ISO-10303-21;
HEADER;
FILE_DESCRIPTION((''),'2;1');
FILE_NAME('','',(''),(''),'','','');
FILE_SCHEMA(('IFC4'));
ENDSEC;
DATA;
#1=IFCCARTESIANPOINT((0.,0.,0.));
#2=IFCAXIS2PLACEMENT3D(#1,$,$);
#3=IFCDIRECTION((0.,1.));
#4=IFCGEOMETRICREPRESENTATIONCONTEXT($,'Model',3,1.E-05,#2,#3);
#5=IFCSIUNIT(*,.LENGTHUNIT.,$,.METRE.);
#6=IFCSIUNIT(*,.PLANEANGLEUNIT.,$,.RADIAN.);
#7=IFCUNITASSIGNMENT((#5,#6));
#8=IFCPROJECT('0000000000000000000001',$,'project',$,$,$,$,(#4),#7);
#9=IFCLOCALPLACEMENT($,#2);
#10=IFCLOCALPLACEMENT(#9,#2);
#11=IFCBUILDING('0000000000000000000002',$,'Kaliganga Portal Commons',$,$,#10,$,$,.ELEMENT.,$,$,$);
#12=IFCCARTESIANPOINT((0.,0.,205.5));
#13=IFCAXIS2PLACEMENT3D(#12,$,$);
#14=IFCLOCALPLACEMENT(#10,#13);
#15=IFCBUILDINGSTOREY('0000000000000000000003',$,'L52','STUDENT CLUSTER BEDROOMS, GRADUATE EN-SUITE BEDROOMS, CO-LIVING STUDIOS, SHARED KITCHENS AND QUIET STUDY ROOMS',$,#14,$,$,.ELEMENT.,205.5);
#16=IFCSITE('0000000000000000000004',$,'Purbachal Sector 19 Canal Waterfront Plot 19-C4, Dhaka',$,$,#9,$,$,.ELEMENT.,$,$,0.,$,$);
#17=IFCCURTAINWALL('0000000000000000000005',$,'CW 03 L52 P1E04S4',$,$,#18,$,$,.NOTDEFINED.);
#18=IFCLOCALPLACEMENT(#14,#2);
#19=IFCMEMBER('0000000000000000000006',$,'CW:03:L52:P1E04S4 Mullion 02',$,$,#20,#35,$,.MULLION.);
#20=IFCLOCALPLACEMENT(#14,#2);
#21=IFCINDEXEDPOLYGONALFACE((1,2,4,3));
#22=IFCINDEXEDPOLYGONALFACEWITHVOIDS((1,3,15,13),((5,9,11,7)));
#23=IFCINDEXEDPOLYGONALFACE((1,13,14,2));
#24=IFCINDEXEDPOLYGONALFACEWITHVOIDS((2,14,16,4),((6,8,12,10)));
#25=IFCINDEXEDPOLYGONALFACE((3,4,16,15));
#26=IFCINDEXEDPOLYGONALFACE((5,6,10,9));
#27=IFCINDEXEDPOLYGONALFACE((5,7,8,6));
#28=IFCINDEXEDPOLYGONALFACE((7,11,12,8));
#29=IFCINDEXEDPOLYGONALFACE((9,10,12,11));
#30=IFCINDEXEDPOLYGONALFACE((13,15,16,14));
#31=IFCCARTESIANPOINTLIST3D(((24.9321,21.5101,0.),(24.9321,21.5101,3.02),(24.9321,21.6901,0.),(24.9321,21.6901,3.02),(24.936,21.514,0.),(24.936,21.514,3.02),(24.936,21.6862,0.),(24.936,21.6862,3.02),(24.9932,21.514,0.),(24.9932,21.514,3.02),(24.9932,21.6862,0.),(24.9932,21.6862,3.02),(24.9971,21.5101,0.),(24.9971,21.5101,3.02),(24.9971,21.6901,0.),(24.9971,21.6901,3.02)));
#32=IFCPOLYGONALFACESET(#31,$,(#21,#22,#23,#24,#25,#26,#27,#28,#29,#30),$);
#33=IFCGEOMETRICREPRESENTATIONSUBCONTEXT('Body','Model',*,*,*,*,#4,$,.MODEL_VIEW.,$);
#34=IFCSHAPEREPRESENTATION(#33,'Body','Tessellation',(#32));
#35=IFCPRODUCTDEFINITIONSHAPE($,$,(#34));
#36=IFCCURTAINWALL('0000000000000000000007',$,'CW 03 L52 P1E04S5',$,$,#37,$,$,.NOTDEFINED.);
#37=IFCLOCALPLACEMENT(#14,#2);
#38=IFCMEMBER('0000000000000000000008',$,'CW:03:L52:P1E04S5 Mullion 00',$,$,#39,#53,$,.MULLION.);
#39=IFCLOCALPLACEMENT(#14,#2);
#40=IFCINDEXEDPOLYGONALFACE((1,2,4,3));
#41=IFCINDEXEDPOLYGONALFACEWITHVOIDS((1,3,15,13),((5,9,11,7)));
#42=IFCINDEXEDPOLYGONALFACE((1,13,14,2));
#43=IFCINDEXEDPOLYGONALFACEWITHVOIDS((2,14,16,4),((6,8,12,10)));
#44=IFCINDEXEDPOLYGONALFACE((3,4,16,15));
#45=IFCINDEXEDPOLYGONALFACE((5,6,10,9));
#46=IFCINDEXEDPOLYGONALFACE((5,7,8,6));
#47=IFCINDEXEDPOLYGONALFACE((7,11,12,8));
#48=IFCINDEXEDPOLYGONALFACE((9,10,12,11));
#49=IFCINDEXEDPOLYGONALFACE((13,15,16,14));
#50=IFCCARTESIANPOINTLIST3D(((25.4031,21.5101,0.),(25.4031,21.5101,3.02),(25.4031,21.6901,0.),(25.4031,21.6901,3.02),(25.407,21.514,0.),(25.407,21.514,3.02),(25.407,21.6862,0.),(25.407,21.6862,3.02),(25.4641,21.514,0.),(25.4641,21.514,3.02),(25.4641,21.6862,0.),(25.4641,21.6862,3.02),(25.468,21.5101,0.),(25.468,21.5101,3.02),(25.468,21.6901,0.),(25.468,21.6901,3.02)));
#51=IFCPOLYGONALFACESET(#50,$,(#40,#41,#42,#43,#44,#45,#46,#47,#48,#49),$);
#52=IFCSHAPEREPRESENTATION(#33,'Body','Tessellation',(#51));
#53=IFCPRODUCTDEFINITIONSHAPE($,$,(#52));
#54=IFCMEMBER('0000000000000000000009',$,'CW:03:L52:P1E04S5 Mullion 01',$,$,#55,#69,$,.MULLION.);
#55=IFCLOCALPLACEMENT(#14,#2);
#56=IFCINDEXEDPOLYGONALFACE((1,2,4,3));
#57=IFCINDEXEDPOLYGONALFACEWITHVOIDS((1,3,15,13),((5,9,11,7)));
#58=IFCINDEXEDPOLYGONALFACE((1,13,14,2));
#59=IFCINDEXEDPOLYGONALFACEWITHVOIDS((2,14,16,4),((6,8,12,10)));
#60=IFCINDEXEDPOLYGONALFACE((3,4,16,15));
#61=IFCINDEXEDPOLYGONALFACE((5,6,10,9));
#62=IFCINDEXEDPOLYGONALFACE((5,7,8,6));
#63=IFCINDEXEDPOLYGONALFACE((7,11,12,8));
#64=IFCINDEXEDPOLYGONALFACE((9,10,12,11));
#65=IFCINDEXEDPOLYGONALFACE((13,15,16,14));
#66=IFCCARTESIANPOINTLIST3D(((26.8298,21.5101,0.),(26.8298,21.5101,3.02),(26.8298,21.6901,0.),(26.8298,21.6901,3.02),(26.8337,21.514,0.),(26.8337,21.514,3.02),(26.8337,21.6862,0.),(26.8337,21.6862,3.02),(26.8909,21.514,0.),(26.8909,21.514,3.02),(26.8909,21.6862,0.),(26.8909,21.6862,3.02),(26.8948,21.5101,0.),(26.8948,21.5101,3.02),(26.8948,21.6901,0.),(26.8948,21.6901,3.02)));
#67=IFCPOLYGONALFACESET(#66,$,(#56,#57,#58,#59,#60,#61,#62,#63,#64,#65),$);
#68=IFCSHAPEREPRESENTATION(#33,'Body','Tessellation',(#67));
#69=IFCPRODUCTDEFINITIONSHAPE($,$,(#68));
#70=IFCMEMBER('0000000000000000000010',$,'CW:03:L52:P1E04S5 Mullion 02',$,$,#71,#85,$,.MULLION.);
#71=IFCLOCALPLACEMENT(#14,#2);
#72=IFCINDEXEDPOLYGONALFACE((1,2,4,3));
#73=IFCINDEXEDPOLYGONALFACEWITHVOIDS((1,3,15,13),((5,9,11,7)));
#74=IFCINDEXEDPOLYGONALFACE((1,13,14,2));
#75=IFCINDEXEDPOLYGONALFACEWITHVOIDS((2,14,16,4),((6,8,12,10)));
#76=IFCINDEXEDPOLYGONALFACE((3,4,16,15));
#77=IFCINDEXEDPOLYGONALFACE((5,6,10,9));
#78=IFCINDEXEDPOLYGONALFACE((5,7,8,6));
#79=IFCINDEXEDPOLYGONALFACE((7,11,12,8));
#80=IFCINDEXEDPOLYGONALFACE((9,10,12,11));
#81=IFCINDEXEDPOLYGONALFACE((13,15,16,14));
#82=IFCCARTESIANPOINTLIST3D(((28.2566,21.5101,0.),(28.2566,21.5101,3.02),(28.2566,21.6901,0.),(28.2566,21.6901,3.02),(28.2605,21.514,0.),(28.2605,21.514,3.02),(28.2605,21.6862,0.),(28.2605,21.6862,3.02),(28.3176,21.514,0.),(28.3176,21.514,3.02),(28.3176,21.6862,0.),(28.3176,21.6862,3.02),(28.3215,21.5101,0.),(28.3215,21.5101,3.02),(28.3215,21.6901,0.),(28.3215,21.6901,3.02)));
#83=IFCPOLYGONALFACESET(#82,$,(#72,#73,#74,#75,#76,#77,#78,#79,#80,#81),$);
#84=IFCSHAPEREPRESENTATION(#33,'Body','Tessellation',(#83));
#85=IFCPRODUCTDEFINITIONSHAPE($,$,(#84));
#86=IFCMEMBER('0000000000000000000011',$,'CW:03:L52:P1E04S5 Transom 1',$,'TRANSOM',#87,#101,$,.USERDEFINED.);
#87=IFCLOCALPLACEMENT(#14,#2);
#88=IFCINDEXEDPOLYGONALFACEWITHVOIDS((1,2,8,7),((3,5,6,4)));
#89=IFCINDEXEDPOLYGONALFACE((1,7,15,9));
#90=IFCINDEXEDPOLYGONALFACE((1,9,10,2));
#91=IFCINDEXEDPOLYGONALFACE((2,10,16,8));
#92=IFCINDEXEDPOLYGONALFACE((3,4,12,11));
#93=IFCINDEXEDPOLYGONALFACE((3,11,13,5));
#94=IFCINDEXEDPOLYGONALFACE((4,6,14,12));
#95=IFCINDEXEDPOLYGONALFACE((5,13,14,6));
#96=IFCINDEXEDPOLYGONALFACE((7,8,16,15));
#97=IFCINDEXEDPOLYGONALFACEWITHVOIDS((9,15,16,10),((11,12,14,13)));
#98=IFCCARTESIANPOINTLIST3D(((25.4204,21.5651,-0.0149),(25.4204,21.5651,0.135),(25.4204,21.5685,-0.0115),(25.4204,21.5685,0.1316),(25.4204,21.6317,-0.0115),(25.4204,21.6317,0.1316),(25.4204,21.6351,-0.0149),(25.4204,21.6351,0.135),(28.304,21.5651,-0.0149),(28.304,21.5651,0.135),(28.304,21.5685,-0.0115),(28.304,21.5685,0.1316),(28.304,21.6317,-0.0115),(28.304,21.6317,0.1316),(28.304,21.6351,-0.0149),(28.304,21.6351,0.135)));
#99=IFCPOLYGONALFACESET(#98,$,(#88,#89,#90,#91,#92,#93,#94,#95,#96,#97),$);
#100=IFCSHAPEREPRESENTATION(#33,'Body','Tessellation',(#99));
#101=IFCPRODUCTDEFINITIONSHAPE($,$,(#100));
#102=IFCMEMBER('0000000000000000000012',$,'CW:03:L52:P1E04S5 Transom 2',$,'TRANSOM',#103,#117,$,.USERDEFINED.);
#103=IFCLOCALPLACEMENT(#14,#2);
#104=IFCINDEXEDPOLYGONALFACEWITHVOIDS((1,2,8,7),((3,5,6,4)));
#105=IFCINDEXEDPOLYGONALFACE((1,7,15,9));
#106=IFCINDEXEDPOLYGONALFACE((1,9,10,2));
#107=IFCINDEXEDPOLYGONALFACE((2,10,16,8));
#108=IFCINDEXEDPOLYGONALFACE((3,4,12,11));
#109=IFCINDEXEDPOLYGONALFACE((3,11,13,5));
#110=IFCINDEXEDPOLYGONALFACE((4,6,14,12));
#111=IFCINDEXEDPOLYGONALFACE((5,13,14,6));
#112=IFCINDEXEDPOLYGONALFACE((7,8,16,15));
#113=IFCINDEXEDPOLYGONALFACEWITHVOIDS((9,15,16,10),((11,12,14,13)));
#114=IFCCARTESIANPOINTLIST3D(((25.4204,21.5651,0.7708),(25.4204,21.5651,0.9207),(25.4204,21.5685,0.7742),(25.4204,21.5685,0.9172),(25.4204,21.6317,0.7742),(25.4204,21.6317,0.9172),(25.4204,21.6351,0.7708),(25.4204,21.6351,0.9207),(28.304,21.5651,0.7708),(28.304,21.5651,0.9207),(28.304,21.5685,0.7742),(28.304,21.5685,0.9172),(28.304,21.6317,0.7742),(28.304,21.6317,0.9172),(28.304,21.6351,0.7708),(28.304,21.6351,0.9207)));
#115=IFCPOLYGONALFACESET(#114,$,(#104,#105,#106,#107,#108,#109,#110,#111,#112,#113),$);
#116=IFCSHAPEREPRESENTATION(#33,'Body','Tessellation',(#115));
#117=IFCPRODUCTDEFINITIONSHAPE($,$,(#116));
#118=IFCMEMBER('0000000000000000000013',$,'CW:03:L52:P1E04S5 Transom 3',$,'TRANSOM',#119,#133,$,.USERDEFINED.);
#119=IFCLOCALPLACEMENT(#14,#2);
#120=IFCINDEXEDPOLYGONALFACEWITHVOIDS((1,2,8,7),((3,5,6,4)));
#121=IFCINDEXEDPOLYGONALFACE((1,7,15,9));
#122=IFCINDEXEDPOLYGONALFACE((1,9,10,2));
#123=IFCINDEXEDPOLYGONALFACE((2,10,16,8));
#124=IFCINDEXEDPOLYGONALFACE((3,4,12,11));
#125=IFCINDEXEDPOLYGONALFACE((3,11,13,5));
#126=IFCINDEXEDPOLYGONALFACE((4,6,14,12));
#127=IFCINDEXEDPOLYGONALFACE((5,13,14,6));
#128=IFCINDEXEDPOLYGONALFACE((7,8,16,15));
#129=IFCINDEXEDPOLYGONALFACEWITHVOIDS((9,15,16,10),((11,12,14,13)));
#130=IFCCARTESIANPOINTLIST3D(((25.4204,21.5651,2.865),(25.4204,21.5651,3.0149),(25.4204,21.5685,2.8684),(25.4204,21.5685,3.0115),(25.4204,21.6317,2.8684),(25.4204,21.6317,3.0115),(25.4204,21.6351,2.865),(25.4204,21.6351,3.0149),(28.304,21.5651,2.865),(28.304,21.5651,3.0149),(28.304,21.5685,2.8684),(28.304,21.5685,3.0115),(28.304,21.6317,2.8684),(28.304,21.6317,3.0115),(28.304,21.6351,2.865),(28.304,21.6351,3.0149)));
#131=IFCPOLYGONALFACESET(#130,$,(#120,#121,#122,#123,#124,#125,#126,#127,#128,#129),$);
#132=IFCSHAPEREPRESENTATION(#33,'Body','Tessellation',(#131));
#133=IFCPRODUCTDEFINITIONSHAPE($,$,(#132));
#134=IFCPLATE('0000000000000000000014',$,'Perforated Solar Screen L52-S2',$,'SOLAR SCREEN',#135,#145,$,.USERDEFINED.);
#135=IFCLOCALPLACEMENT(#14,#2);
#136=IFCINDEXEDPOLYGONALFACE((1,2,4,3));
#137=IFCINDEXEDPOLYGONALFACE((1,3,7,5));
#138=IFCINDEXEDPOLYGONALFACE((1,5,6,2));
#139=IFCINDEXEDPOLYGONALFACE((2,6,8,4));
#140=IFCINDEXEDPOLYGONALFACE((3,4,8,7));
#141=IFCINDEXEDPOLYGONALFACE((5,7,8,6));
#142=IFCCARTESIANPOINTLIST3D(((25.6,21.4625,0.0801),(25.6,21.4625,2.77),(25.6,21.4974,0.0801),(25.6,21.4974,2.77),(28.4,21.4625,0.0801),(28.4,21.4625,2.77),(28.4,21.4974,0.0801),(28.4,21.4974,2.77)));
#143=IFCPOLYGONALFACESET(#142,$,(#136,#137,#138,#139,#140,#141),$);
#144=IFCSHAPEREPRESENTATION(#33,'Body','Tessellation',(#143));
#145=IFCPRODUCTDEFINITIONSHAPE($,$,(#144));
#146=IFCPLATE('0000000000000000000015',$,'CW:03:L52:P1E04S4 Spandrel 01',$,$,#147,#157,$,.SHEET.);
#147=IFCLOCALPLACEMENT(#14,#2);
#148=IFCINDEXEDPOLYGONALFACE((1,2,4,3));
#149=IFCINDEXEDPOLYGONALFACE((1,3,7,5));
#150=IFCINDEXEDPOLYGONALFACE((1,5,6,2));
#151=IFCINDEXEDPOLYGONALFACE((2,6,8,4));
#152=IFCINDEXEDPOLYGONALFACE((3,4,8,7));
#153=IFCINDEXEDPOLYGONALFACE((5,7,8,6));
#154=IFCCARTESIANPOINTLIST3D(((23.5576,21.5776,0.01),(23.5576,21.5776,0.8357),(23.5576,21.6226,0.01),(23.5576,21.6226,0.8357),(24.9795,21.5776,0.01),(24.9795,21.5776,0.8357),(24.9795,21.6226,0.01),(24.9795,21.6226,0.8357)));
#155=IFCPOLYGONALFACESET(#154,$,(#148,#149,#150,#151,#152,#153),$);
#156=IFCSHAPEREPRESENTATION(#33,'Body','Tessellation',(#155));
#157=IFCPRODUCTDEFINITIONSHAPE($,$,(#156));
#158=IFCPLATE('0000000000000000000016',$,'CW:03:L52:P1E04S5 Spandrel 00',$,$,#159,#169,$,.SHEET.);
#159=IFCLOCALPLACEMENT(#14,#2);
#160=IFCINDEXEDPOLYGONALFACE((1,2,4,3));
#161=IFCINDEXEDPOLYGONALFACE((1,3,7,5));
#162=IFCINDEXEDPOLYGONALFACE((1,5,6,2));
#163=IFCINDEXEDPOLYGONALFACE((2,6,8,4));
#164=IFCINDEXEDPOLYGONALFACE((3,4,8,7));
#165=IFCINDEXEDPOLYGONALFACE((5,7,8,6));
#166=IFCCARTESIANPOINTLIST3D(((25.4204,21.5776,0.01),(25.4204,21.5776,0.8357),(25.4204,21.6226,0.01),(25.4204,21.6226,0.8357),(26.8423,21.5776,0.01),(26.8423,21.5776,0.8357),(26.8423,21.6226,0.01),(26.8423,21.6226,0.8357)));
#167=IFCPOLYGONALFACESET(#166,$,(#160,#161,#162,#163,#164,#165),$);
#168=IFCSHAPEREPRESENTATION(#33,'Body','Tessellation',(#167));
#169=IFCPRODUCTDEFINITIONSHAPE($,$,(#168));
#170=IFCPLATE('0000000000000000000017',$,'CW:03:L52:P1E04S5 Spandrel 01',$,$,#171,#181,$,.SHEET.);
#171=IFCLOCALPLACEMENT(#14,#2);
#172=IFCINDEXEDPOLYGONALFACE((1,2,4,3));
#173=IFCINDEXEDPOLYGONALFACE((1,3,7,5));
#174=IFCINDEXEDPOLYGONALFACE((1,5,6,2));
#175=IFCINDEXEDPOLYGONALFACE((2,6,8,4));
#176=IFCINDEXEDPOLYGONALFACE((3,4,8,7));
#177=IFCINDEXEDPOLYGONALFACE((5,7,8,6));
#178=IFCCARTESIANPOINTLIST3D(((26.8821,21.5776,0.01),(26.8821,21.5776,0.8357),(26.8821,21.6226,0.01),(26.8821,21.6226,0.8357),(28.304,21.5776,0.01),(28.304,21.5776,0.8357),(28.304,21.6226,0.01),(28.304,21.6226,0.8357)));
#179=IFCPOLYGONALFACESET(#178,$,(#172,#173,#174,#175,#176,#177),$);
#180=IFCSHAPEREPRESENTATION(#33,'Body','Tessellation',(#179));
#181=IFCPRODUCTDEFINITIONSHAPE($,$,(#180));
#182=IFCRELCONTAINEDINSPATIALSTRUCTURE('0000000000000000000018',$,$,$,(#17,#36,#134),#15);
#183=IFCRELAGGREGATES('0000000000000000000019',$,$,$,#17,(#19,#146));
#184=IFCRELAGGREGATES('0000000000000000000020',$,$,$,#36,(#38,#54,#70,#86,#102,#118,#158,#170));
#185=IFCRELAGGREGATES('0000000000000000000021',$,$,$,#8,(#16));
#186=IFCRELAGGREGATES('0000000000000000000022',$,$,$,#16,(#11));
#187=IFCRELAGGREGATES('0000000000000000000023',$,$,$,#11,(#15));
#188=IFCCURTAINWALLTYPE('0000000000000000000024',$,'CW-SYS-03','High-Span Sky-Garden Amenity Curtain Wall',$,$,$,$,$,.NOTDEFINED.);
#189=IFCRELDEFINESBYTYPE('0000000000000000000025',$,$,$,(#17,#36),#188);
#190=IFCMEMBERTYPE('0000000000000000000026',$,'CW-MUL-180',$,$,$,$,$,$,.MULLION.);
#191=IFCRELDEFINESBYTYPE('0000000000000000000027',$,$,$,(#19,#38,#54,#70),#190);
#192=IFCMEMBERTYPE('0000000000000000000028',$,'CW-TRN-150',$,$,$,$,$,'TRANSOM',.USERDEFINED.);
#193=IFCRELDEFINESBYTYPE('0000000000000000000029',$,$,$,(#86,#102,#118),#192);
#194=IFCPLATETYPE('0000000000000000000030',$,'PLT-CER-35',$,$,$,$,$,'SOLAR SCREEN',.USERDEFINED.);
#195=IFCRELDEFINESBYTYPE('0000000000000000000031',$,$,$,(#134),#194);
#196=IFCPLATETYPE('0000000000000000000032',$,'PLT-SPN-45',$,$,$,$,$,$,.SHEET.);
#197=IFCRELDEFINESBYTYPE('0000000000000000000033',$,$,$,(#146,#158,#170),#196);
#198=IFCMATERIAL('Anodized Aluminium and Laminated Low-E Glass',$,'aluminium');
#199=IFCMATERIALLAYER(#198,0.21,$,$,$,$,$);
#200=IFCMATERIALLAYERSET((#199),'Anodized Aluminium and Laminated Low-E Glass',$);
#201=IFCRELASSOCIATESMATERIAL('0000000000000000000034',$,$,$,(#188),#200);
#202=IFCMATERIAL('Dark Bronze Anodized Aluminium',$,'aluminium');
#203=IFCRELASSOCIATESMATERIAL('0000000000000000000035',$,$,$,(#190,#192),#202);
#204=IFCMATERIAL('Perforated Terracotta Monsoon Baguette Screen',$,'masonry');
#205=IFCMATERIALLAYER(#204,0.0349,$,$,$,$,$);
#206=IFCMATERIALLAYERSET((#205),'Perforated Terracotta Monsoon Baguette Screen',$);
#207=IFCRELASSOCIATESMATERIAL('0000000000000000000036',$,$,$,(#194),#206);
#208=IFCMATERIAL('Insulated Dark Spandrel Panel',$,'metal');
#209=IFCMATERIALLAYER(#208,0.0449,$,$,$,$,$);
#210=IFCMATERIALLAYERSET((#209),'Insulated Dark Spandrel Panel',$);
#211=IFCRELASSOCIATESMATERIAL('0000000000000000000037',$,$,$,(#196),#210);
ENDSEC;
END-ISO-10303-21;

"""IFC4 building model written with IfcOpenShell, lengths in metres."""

from ifc_helpers import new_model, si_unit, direction, frame, origin, origin_2d, place, context, subcontext, project, spatial, rectangle, hollow_rectangle, extrude, source, transform, mapped, material, layer, layer_set, material_profile, profile_set, type_object, element, aggregate, save


model = new_model("IFC4")

# Units and contexts
model_context = context("Model", 3, precision=1e-05, world=origin(), true_north=direction((0.0, 1.0)))
body_context = subcontext(model_context, "Body", "Model", "MODEL_VIEW")
ifc_project = project(units=[si_unit("LENGTHUNIT", "METRE"), si_unit("PLANEANGLEUNIT", "RADIAN")], contexts=[model_context])

# Site, building, storey
site_placement = place(None, origin())
site = spatial("IfcSite", under=ifc_project, at=site_placement, Name="Purbachal Sector 19 Canal Waterfront Plot 19-C4, Dhaka", CompositionType="ELEMENT", RefElevation=0.0)
building_placement = place(site_placement, origin())
building = spatial("IfcBuilding", under=site, at=building_placement, Name="Kaliganga Portal Commons", CompositionType="ELEMENT")
storey_placement = place(building_placement, frame((0.0, 0.0, 205.5)))
storey = spatial("IfcBuildingStorey", under=building, at=storey_placement, Name="L52", Description="STUDENT CLUSTER BEDROOMS, GRADUATE EN-SUITE BEDROOMS, CO-LIVING STUDIOS, SHARED KITCHENS AND QUIET STUDY ROOMS", CompositionType="ELEMENT", Elevation=205.5)

# Curtain walls, members
ifc_material_1 = material(Name="Anodized Aluminium and Laminated Low-E Glass", Category="aluminium")
ifc_layer_1 = layer(ifc_material_1, 0.21)
ifc_layer_set_1 = layer_set([ifc_layer_1], Name="Anodized Aluminium and Laminated Low-E Glass")
curtain_wall_type = type_object("IfcCurtainWallType", Name="CW-SYS-03", Description="High-Span Sky-Garden Amenity Curtain Wall", PredefinedType="NOTDEFINED", material=ifc_layer_set_1)
curtain_wall_1_placement = place(storey_placement, origin())
curtain_wall_1 = element("IfcCurtainWall", 1, at=curtain_wall_1_placement, inside=storey, type_object=curtain_wall_type, Name="CW 03 L52 P1E04S4", PredefinedType="NOTDEFINED")
ifc_material_2 = material(Name="Dark Bronze Anodized Aluminium", Category="aluminium")
ifc_material_profile_1 = material_profile(ifc_material_2, hollow_rectangle(XDim=0.0649, YDim=0.1799, WallThickness=0.0039, at=origin_2d()), Name="ALU MULL 65x180x4")
ifc_profile_set_1 = profile_set([ifc_material_profile_1], Name="Dark Bronze Anodized Aluminium")
member_type_1 = type_object("IfcMemberType", Name="CW-MUL-180", PredefinedType="MULLION", material=ifc_profile_set_1)
shared_shape_1 = source(origin(), body_context, "Body", "SweptSolid", [
    extrude(hollow_rectangle(XDim=0.0649, YDim=0.1799, WallThickness=0.0039, at=origin_2d()), origin(), (0.0, 0.0, 1.0), 3.02),
])
member_1_placement = place(storey_placement, frame((24.9646, 21.6001, 0.0), z_axis=(0.0, 0.0, 1.0), x_axis=(1.0, 0.0, 0.0)))
member_1 = element("IfcMember", 2, at=member_1_placement, type_object=member_type_1, Name="CW:03:L52:P1E04S4 Mullion 02", PredefinedType="MULLION", context=body_context, shape_type="MappedRepresentation", body=[
    mapped(shared_shape_1, transform((0.0, 0.0, 0.0), x_axis=(1.0, 0.0, 0.0), y_axis=(0.0, 1.0, 0.0), z_axis=(0.0, 0.0, 1.0), scale=1.0)),
])
curtain_wall_2_placement = place(storey_placement, origin())
curtain_wall_2 = element("IfcCurtainWall", 3, at=curtain_wall_2_placement, inside=storey, type_object=curtain_wall_type, Name="CW 03 L52 P1E04S5", PredefinedType="NOTDEFINED")
member_2_placement = place(storey_placement, frame((25.4355, 21.6001, 0.0), z_axis=(0.0, 0.0, 1.0), x_axis=(1.0, 0.0, 0.0)))
member_2 = element("IfcMember", 4, at=member_2_placement, type_object=member_type_1, Name="CW:03:L52:P1E04S5 Mullion 00", PredefinedType="MULLION", context=body_context, shape_type="MappedRepresentation", body=[
    mapped(shared_shape_1, transform((0.0, 0.0, 0.0), x_axis=(1.0, 0.0, 0.0), y_axis=(0.0, 1.0, 0.0), z_axis=(0.0, 0.0, 1.0), scale=1.0)),
])
member_3_placement = place(storey_placement, frame((26.8623, 21.6001, 0.0), z_axis=(0.0, 0.0, 1.0), x_axis=(1.0, 0.0, 0.0)))
member_3 = element("IfcMember", 5, at=member_3_placement, type_object=member_type_1, Name="CW:03:L52:P1E04S5 Mullion 01", PredefinedType="MULLION", context=body_context, shape_type="MappedRepresentation", body=[
    mapped(shared_shape_1, transform((0.0, 0.0, 0.0), x_axis=(1.0, 0.0, 0.0), y_axis=(0.0, 1.0, 0.0), z_axis=(0.0, 0.0, 1.0), scale=1.0)),
])
member_4_placement = place(storey_placement, frame((28.2891, 21.6001, 0.0), z_axis=(0.0, 0.0, 1.0), x_axis=(1.0, 0.0, 0.0)))
member_4 = element("IfcMember", 6, at=member_4_placement, type_object=member_type_1, Name="CW:03:L52:P1E04S5 Mullion 02", PredefinedType="MULLION", context=body_context, shape_type="MappedRepresentation", body=[
    mapped(shared_shape_1, transform((0.0, 0.0, 0.0), x_axis=(1.0, 0.0, 0.0), y_axis=(0.0, 1.0, 0.0), z_axis=(0.0, 0.0, 1.0), scale=1.0)),
])
ifc_material_profile_2 = material_profile(ifc_material_2, hollow_rectangle(XDim=0.0701, YDim=0.1499, WallThickness=0.0034, at=origin_2d()), Name="ALU TRAN 70x150x3.5")
ifc_profile_set_2 = profile_set([ifc_material_profile_2], Name="Dark Bronze Anodized Aluminium")
member_type_2 = type_object("IfcMemberType", Name="CW-TRN-150", ElementType="TRANSOM", PredefinedType="USERDEFINED", material=ifc_profile_set_2)
shared_shape_2 = source(origin(), body_context, "Body", "SweptSolid", [
    extrude(hollow_rectangle(XDim=0.0701, YDim=0.1499, WallThickness=0.0034, at=origin_2d()), origin(), (0.0, 0.0, 1.0), 2.8835),
])
member_5_placement = place(storey_placement, frame((25.4204, 21.6001, 0.0601), z_axis=(1.0, 0.0, 0.0), x_axis=(0.0, 1.0, 0.0)))
member_5 = element("IfcMember", 7, at=member_5_placement, type_object=member_type_2, Name="CW:03:L52:P1E04S5 Transom 1", ObjectType="TRANSOM", PredefinedType="USERDEFINED", context=body_context, shape_type="MappedRepresentation", body=[
    mapped(shared_shape_2, transform((0.0, 0.0, 0.0), x_axis=(1.0, 0.0, 0.0), y_axis=(0.0, 1.0, 0.0), z_axis=(0.0, 0.0, 1.0), scale=1.0)),
])
member_6_placement = place(storey_placement, frame((25.4204, 21.6001, 0.8457), z_axis=(1.0, 0.0, 0.0), x_axis=(0.0, 1.0, 0.0)))
member_6 = element("IfcMember", 8, at=member_6_placement, type_object=member_type_2, Name="CW:03:L52:P1E04S5 Transom 2", ObjectType="TRANSOM", PredefinedType="USERDEFINED", context=body_context, shape_type="MappedRepresentation", body=[
    mapped(shared_shape_2, transform((0.0, 0.0, 0.0), x_axis=(1.0, 0.0, 0.0), y_axis=(0.0, 1.0, 0.0), z_axis=(0.0, 0.0, 1.0), scale=1.0)),
])
member_7_placement = place(storey_placement, frame((25.4204, 21.6001, 2.9399), z_axis=(1.0, 0.0, 0.0), x_axis=(0.0, 1.0, 0.0)))
member_7 = element("IfcMember", 9, at=member_7_placement, type_object=member_type_2, Name="CW:03:L52:P1E04S5 Transom 3", ObjectType="TRANSOM", PredefinedType="USERDEFINED", context=body_context, shape_type="MappedRepresentation", body=[
    mapped(shared_shape_2, transform((0.0, 0.0, 0.0), x_axis=(1.0, 0.0, 0.0), y_axis=(0.0, 1.0, 0.0), z_axis=(0.0, 0.0, 1.0), scale=1.0)),
])

# Plates
ifc_material_3 = material(Name="Perforated Terracotta Monsoon Baguette Screen", Category="masonry")
ifc_layer_2 = layer(ifc_material_3, 0.0349)
ifc_layer_set_2 = layer_set([ifc_layer_2], Name="Perforated Terracotta Monsoon Baguette Screen")
plate_type_1 = type_object("IfcPlateType", Name="PLT-CER-35", ElementType="SOLAR SCREEN", PredefinedType="USERDEFINED", material=ifc_layer_set_2)
shared_shape_3 = source(origin(), body_context, "Body", "SweptSolid", [
    extrude(rectangle(XDim=2.8, YDim=0.0349, at=origin_2d()), origin(), (0.0, 0.0, 1.0), 2.6899),
])
plate_1_placement = place(storey_placement, frame((27.0, 21.48, 0.0801), z_axis=(0.0, 0.0, 1.0), x_axis=(1.0, 0.0, 0.0)))
element("IfcPlate", 10, at=plate_1_placement, inside=storey, type_object=plate_type_1, Name="Perforated Solar Screen L52-S2", ObjectType="SOLAR SCREEN", PredefinedType="USERDEFINED", context=body_context, shape_type="MappedRepresentation", body=[
    mapped(shared_shape_3, transform((0.0, 0.0, 0.0), x_axis=(1.0, 0.0, 0.0), y_axis=(0.0, 1.0, 0.0), z_axis=(0.0, 0.0, 1.0), scale=1.0)),
])
ifc_material_4 = material(Name="Insulated Dark Spandrel Panel", Category="metal")
ifc_layer_3 = layer(ifc_material_4, 0.0449)
ifc_layer_set_3 = layer_set([ifc_layer_3], Name="Insulated Dark Spandrel Panel")
plate_type_2 = type_object("IfcPlateType", Name="PLT-SPN-45", PredefinedType="SHEET", material=ifc_layer_set_3)
shared_shape_4 = source(origin(), body_context, "Body", "SweptSolid", [
    extrude(rectangle(XDim=1.4219, YDim=0.0449, at=origin_2d()), origin(), (0.0, 0.0, 1.0), 0.8257),
])
plate_2_placement = place(storey_placement, frame((24.2686, 21.6001, 0.01), z_axis=(0.0, 0.0, 1.0), x_axis=(1.0, 0.0, 0.0)))
plate_2 = element("IfcPlate", 11, at=plate_2_placement, type_object=plate_type_2, Name="CW:03:L52:P1E04S4 Spandrel 01", PredefinedType="SHEET", context=body_context, shape_type="MappedRepresentation", body=[
    mapped(shared_shape_4, transform((0.0, 0.0, 0.0), x_axis=(1.0, 0.0, 0.0), y_axis=(0.0, 1.0, 0.0), z_axis=(0.0, 0.0, 1.0), scale=1.0)),
])
plate_3_placement = place(storey_placement, frame((26.1313, 21.6001, 0.01), z_axis=(0.0, 0.0, 1.0), x_axis=(1.0, 0.0, 0.0)))
plate_3 = element("IfcPlate", 12, at=plate_3_placement, type_object=plate_type_2, Name="CW:03:L52:P1E04S5 Spandrel 00", PredefinedType="SHEET", context=body_context, shape_type="MappedRepresentation", body=[
    mapped(shared_shape_4, transform((0.0, 0.0, 0.0), x_axis=(1.0, 0.0, 0.0), y_axis=(0.0, 1.0, 0.0), z_axis=(0.0, 0.0, 1.0), scale=1.0)),
])
plate_4_placement = place(storey_placement, frame((27.593, 21.6001, 0.01), z_axis=(0.0, 0.0, 1.0), x_axis=(1.0, 0.0, 0.0)))
plate_4 = element("IfcPlate", 13, at=plate_4_placement, type_object=plate_type_2, Name="CW:03:L52:P1E04S5 Spandrel 01", PredefinedType="SHEET", context=body_context, shape_type="MappedRepresentation", body=[
    mapped(shared_shape_4, transform((0.0, 0.0, 0.0), x_axis=(1.0, 0.0, 0.0), y_axis=(0.0, 1.0, 0.0), z_axis=(0.0, 0.0, 1.0), scale=1.0)),
])
aggregate(curtain_wall_1, [member_1, plate_2])
aggregate(curtain_wall_2, [member_2, member_3, member_4, member_5, member_6, member_7, plate_3, plate_4])

save(model, "model.ifc")
